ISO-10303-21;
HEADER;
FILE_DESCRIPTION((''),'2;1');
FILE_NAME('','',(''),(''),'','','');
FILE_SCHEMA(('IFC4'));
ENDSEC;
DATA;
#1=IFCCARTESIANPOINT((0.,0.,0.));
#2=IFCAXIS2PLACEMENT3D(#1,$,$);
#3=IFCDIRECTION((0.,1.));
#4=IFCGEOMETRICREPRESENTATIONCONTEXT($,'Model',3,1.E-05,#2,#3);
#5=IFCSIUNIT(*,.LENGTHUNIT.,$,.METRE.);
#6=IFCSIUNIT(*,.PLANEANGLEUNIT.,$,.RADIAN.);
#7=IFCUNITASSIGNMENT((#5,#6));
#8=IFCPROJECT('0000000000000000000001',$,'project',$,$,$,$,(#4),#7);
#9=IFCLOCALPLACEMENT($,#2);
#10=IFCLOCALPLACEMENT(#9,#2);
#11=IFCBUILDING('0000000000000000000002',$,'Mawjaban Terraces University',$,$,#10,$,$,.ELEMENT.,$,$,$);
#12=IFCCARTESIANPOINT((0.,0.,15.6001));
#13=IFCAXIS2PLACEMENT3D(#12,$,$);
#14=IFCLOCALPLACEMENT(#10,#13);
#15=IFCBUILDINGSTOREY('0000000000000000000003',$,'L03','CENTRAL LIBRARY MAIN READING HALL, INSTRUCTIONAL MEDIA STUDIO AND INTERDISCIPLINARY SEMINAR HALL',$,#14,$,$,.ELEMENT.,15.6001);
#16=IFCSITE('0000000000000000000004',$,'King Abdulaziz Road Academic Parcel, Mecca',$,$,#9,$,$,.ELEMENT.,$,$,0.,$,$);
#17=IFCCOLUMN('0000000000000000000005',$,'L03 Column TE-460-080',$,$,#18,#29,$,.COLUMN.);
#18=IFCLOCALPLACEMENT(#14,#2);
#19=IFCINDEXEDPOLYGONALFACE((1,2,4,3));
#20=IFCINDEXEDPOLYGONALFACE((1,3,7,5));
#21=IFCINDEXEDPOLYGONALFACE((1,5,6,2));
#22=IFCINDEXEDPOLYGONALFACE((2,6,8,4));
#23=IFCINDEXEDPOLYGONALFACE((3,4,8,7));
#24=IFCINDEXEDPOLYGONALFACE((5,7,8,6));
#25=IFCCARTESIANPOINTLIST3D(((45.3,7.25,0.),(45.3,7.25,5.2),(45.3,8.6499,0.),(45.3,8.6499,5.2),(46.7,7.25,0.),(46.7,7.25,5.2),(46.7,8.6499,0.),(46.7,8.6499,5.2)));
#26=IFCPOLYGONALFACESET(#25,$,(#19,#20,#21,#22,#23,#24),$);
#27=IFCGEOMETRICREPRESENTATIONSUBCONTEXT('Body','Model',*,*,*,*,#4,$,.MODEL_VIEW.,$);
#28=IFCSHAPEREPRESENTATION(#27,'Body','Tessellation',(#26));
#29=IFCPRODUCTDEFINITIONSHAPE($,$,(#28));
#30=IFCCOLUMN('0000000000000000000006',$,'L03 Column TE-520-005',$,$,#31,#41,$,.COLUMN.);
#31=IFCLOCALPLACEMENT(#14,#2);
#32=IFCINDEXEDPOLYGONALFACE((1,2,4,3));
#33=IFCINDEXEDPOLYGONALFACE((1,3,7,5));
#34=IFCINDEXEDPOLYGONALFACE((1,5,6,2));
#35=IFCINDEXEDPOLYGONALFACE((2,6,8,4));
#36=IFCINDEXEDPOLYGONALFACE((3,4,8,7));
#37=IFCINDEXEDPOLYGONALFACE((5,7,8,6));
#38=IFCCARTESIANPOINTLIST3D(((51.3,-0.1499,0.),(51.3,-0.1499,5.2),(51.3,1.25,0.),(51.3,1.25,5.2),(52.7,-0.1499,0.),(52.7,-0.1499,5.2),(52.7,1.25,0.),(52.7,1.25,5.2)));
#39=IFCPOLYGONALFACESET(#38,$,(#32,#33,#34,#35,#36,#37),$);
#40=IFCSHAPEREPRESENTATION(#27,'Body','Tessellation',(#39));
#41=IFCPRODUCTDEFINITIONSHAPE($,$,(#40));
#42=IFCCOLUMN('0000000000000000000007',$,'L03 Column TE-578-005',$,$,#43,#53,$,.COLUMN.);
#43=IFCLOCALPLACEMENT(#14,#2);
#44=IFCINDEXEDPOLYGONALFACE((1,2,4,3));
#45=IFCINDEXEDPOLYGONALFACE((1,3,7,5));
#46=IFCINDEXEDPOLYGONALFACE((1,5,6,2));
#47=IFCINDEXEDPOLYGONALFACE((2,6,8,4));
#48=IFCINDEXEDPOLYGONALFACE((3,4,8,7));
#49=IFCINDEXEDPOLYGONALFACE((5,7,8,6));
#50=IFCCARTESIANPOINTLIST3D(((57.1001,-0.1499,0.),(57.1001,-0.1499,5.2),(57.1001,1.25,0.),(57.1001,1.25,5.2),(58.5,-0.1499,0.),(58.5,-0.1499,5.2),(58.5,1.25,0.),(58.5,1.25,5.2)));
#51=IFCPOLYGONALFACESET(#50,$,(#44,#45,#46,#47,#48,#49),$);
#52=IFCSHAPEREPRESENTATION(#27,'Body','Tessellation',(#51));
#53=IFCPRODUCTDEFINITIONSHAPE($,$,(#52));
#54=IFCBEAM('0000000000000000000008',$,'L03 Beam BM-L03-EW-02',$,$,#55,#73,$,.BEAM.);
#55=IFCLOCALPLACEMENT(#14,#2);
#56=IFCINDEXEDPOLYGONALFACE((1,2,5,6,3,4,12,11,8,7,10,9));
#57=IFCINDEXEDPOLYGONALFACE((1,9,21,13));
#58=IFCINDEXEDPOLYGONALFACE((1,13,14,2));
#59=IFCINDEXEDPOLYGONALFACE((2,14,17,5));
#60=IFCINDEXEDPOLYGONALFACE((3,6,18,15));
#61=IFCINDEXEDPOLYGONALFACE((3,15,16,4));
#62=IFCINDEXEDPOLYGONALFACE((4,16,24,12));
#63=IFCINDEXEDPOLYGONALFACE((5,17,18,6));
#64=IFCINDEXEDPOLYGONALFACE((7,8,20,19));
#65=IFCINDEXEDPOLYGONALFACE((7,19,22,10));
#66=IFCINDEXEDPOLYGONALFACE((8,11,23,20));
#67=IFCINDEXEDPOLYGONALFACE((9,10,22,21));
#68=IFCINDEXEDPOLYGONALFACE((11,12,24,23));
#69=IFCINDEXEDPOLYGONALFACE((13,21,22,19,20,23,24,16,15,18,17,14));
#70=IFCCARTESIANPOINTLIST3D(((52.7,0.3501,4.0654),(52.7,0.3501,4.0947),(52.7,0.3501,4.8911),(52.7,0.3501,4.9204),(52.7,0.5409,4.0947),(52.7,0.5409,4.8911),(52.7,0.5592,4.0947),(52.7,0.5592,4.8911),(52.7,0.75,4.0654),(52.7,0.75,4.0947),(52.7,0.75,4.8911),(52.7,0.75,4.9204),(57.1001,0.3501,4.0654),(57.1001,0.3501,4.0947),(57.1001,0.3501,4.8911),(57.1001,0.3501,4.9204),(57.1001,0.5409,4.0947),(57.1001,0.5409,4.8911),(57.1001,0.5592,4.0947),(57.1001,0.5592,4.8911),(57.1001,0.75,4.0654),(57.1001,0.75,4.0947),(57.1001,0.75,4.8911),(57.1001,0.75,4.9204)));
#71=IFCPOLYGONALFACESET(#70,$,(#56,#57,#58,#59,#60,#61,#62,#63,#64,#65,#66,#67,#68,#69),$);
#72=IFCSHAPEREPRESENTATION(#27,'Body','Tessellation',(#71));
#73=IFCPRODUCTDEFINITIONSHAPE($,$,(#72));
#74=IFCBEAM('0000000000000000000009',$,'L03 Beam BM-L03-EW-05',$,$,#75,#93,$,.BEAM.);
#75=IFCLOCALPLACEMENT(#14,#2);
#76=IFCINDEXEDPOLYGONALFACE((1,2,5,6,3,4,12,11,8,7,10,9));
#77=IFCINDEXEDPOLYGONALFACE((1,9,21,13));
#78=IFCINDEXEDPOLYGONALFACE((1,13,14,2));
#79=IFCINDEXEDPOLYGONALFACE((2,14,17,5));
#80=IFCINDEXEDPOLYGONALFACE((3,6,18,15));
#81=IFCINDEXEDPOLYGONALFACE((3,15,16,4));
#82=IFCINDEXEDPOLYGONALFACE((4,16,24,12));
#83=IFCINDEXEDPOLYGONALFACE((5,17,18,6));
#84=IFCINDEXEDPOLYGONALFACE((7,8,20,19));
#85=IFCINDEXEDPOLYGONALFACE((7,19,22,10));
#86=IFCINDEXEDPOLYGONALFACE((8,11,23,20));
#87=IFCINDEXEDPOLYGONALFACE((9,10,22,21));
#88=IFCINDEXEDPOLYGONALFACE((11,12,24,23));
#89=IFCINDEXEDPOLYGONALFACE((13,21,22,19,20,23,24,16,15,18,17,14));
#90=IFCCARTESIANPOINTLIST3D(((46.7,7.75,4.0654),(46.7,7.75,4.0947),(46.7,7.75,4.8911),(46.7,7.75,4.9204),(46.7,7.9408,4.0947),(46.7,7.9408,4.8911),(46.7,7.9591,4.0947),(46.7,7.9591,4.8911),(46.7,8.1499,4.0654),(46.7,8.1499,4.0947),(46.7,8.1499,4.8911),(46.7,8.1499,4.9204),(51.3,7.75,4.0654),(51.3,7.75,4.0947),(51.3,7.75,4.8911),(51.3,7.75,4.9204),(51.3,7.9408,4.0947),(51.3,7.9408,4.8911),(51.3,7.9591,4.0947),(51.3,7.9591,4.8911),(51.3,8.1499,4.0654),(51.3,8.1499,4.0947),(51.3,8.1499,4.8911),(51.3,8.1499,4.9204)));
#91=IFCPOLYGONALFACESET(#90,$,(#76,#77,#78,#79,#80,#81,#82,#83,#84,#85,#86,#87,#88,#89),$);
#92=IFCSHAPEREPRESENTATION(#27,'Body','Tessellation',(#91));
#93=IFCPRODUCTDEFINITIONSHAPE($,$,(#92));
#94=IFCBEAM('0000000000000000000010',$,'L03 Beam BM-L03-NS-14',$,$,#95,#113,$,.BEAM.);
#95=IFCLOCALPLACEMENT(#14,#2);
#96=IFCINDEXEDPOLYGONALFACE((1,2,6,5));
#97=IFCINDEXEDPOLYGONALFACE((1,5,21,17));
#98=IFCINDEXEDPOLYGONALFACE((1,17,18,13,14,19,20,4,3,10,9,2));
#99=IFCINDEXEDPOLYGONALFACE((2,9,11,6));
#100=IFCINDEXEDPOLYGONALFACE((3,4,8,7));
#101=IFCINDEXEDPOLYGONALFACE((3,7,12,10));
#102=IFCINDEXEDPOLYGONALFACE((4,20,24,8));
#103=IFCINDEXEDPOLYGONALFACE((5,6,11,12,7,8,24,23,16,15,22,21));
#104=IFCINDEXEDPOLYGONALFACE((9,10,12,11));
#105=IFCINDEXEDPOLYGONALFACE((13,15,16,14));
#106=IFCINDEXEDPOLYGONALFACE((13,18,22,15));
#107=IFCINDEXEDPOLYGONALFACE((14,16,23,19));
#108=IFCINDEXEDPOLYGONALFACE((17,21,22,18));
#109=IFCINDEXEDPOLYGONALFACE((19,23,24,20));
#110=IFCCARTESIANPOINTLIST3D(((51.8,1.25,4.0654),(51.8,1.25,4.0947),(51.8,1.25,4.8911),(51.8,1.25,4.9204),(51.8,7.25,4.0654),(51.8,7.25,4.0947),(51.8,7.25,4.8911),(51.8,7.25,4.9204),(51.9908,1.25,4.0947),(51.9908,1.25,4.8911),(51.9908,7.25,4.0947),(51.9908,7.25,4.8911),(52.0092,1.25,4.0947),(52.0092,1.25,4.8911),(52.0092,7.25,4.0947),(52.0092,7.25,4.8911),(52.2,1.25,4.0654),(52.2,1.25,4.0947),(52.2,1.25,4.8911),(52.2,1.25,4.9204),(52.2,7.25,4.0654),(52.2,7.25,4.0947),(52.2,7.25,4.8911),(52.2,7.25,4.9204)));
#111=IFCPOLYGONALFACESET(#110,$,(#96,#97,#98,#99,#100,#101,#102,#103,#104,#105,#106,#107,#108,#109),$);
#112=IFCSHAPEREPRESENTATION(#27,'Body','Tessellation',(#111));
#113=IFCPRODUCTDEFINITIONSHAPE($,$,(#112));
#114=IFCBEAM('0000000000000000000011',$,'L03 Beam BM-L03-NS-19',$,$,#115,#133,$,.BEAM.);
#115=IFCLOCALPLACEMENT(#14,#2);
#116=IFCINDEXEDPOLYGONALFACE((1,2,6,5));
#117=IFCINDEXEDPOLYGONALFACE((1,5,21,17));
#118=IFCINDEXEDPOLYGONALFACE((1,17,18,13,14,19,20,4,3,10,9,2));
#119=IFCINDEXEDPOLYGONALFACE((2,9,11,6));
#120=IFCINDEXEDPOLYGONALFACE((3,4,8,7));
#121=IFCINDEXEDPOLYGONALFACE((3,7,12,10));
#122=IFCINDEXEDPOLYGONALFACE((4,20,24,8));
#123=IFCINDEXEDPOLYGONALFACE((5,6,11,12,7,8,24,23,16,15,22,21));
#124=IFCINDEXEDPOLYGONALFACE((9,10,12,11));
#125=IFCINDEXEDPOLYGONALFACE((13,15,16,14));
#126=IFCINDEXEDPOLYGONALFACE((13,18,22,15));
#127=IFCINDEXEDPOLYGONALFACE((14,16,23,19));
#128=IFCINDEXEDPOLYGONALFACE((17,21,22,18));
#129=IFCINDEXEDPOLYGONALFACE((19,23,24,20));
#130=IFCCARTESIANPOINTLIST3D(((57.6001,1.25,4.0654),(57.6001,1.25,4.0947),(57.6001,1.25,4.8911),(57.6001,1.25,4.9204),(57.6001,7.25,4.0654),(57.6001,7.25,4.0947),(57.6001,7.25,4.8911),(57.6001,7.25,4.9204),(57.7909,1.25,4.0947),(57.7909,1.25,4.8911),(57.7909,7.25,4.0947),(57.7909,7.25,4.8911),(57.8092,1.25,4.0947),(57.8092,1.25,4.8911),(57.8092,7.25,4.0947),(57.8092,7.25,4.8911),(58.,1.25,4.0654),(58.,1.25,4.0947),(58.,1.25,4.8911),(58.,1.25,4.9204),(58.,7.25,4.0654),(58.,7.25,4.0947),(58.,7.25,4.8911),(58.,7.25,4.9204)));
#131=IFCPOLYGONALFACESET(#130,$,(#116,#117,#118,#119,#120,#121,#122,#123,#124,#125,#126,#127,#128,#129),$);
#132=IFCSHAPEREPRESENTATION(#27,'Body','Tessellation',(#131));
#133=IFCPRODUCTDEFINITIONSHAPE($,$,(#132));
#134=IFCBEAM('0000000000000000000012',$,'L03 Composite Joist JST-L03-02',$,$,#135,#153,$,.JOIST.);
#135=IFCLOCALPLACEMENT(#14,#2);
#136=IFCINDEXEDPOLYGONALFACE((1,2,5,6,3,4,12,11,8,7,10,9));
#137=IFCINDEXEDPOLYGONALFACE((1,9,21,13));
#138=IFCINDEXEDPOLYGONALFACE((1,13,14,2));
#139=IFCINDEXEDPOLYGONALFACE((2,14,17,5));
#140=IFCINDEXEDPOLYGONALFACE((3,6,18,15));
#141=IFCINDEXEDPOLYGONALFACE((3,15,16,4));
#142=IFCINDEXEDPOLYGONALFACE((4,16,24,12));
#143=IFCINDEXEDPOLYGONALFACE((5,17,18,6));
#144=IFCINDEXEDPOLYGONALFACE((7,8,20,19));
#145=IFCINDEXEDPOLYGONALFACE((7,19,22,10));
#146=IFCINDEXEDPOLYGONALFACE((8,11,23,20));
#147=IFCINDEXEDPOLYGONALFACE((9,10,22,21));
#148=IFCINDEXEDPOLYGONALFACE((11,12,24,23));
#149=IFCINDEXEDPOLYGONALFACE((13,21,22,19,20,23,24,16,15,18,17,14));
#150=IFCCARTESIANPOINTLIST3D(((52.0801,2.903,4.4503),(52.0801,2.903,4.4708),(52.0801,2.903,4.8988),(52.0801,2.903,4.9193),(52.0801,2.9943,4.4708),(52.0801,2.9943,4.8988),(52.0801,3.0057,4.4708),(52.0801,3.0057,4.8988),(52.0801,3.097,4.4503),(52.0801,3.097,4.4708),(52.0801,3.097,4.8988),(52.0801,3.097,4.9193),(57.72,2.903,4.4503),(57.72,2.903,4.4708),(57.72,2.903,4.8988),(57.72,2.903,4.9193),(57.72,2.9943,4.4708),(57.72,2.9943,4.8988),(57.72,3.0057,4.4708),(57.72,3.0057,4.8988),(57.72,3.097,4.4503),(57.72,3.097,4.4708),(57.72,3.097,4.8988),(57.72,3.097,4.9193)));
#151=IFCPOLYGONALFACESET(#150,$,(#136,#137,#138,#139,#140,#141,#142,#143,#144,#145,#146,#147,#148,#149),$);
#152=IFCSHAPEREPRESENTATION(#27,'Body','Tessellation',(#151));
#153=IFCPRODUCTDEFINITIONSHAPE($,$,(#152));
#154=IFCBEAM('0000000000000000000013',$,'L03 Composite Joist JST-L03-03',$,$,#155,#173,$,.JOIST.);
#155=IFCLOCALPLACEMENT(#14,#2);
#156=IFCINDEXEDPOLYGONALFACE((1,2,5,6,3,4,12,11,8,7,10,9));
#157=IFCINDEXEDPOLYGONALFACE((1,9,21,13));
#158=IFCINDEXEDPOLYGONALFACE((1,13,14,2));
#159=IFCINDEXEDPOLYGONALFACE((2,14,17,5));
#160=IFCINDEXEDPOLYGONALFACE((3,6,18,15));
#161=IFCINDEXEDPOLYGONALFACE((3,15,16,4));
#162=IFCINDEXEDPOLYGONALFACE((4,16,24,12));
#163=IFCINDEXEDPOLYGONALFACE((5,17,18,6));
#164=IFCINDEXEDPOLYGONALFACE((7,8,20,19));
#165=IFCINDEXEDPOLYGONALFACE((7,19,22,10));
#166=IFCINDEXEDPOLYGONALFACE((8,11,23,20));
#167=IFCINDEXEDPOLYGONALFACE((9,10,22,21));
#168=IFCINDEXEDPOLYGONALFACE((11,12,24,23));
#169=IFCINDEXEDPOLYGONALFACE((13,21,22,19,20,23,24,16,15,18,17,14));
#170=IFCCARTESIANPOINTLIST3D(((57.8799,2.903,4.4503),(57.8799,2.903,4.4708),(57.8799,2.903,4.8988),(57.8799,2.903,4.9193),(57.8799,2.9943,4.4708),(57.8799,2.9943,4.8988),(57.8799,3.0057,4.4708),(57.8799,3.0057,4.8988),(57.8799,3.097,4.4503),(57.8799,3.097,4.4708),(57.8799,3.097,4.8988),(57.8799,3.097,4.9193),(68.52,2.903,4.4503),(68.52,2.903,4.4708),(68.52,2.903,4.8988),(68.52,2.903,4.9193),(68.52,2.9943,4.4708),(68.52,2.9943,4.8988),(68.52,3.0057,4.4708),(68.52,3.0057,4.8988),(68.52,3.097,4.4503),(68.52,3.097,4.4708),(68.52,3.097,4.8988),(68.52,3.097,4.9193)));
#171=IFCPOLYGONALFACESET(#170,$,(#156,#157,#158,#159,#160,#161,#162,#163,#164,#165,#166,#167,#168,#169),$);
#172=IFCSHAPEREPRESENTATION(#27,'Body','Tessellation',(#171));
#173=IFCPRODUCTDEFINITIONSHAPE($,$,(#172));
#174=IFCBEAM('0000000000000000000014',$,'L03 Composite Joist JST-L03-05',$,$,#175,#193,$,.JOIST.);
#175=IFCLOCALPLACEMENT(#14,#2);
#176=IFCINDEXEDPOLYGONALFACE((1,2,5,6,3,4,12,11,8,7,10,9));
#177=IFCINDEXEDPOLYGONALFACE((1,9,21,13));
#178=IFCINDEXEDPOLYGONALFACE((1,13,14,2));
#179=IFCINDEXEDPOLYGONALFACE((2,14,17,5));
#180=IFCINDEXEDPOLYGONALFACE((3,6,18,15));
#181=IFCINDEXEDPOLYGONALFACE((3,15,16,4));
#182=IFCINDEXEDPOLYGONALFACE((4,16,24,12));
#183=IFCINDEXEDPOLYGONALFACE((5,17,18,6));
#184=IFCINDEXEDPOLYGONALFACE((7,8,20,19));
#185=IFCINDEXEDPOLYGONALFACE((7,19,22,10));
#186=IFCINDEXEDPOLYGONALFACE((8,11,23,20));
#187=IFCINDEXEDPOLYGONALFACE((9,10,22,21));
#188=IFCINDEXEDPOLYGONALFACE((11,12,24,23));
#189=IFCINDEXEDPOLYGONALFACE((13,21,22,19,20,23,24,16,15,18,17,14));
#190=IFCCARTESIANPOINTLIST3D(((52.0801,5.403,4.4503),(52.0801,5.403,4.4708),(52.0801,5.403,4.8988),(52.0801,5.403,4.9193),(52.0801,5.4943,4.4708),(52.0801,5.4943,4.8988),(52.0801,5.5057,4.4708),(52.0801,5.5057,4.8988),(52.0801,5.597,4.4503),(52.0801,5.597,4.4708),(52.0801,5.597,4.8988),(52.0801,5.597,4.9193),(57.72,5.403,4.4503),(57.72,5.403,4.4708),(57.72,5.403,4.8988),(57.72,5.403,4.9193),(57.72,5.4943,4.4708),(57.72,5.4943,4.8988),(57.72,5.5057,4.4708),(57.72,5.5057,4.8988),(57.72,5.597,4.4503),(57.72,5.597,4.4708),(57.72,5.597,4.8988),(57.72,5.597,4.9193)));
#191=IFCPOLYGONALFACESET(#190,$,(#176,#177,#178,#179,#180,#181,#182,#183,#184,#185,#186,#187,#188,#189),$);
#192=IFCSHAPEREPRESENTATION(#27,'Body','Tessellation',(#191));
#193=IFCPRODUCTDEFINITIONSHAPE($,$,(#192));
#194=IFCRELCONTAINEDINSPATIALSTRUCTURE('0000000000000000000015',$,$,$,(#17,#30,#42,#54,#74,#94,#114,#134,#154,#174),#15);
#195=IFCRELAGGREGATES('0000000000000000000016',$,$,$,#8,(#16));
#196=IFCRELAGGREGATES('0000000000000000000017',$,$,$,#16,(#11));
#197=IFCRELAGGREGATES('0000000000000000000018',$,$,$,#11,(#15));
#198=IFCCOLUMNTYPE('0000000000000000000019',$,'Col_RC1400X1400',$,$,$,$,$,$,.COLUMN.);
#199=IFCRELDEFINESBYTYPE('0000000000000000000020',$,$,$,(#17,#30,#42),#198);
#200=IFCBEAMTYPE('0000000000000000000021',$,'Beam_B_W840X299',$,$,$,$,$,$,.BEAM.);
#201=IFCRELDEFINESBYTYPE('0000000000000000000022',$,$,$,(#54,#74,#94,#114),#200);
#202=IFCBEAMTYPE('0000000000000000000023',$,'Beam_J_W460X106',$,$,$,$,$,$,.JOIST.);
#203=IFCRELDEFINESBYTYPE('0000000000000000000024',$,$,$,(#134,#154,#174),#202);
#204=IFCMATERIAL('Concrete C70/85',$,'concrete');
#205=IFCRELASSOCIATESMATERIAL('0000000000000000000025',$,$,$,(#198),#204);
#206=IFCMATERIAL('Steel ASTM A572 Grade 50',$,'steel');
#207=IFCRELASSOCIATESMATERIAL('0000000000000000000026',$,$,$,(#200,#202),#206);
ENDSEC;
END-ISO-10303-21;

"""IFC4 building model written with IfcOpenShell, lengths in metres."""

from ifc_helpers import new_model, si_unit, direction, frame, origin, origin_2d, place, context, subcontext, project, spatial, rectangle, i_section, extrude, material, material_profile, profile_set, type_object, element, save


model = new_model("IFC4")

# Units and contexts
model_context = context("Model", 3, precision=1e-05, world=origin(), true_north=direction((0.0, 1.0)))
body_context = subcontext(model_context, "Body", "Model", "MODEL_VIEW")
ifc_project = project(units=[si_unit("LENGTHUNIT", "METRE"), si_unit("PLANEANGLEUNIT", "RADIAN")], contexts=[model_context])

# Site, building, storey
site_placement = place(None, origin())
site = spatial("IfcSite", under=ifc_project, at=site_placement, Name="King Abdulaziz Road Academic Parcel, Mecca", CompositionType="ELEMENT", RefElevation=0.0)
building_placement = place(site_placement, origin())
building = spatial("IfcBuilding", under=site, at=building_placement, Name="Mawjaban Terraces University", CompositionType="ELEMENT")
storey_placement = place(building_placement, frame((0.0, 0.0, 15.6001)))
storey = spatial("IfcBuildingStorey", under=building, at=storey_placement, Name="L03", Description="CENTRAL LIBRARY MAIN READING HALL, INSTRUCTIONAL MEDIA STUDIO AND INTERDISCIPLINARY SEMINAR HALL", CompositionType="ELEMENT", Elevation=15.6001)

# Columns
ifc_material_1 = material(Name="Concrete C70/85", Category="concrete")
ifc_material_profile_1 = material_profile(ifc_material_1, rectangle(XDim=1.3999, YDim=1.3999, at=origin_2d()), Name="RC1400X1400")
ifc_profile_set_1 = profile_set([ifc_material_profile_1], Name="Concrete C70/85")
column_type = type_object("IfcColumnType", Name="Col_RC1400X1400", PredefinedType="COLUMN", material=ifc_profile_set_1)
for number, where, z_axis, x_axis, name in (
    (1, (46.0, 7.95, 0.0), (0.0, 0.0, 1.0), (1.0, 0.0, 0.0), "L03 Column TE-460-080"),
    (2, (52.0, 0.55, 0.0), (0.0, 0.0, 1.0), (1.0, 0.0, 0.0), "L03 Column TE-520-005"),
    (3, (57.8, 0.55, 0.0), (0.0, 0.0, 1.0), (1.0, 0.0, 0.0), "L03 Column TE-578-005"),
):
    element("IfcColumn", number, at=place(storey_placement, frame(where, z_axis=z_axis, x_axis=x_axis)), inside=storey, type_object=column_type, Name=name, PredefinedType="COLUMN", context=body_context, shape_type="SweptSolid", body=[
        extrude(rectangle(XDim=1.3999, YDim=1.3999, at=origin_2d()), origin(), (0.0, 0.0, 1.0), 5.2),
    ])

# Beams
ifc_material_2 = material(Name="Steel ASTM A572 Grade 50", Category="steel")
ifc_material_profile_2 = material_profile(ifc_material_2, i_section(OverallWidth=0.3999, OverallDepth=0.855, WebThickness=0.0183, FlangeThickness=0.0293, at=origin_2d()), Name="W840X299")
ifc_profile_set_2 = profile_set([ifc_material_profile_2], Name="Steel ASTM A572 Grade 50")
beam_type_1 = type_object("IfcBeamType", Name="Beam_B_W840X299", PredefinedType="BEAM", material=ifc_profile_set_2)
beam_1_placement = place(storey_placement, frame((52.7, 0.55, 4.4929), z_axis=(1.0, 0.0, 0.0), x_axis=(0.0, 1.0, 0.0)))
element("IfcBeam", 4, at=beam_1_placement, inside=storey, type_object=beam_type_1, Name="L03 Beam BM-L03-EW-02", PredefinedType="BEAM", context=body_context, shape_type="SweptSolid", body=[
    extrude(i_section(OverallWidth=0.3999, OverallDepth=0.855, WebThickness=0.0183, FlangeThickness=0.0293, at=origin_2d()), origin(), (0.0, 0.0, 1.0), 4.4001),
])
beam_2_placement = place(storey_placement, frame((46.7, 7.95, 4.4929), z_axis=(1.0, 0.0, 0.0), x_axis=(0.0, 1.0, 0.0)))
element("IfcBeam", 5, at=beam_2_placement, inside=storey, type_object=beam_type_1, Name="L03 Beam BM-L03-EW-05", PredefinedType="BEAM", context=body_context, shape_type="SweptSolid", body=[
    extrude(i_section(OverallWidth=0.3999, OverallDepth=0.855, WebThickness=0.0183, FlangeThickness=0.0293, at=origin_2d()), origin(), (0.0, 0.0, 1.0), 4.6001),
])
for number, where, z_axis, x_axis, name in (
    (6, (52.0, 1.25, 4.4929), (0.0, 1.0, 0.0), (-1.0, 0.0, 0.0), "L03 Beam BM-L03-NS-14"),
    (7, (57.8, 1.25, 4.4929), (0.0, 1.0, 0.0), (-1.0, 0.0, 0.0), "L03 Beam BM-L03-NS-19"),
):
    element("IfcBeam", number, at=place(storey_placement, frame(where, z_axis=z_axis, x_axis=x_axis)), inside=storey, type_object=beam_type_1, Name=name, PredefinedType="BEAM", context=body_context, shape_type="SweptSolid", body=[
        extrude(i_section(OverallWidth=0.3999, OverallDepth=0.855, WebThickness=0.0183, FlangeThickness=0.0293, at=origin_2d()), origin(), (0.0, 0.0, 1.0), 6.0),
    ])
ifc_material_profile_3 = material_profile(ifc_material_2, i_section(OverallWidth=0.1941, OverallDepth=0.469, WebThickness=0.0115, FlangeThickness=0.0205, at=origin_2d()), Name="W460X106")
ifc_profile_set_3 = profile_set([ifc_material_profile_3], Name="Steel ASTM A572 Grade 50")
beam_type_2 = type_object("IfcBeamType", Name="Beam_J_W460X106", PredefinedType="JOIST", material=ifc_profile_set_3)
beam_3_placement = place(storey_placement, frame((52.0801, 3.0, 4.6848), z_axis=(1.0, 0.0, 0.0), x_axis=(0.0, 1.0, 0.0)))
element("IfcBeam", 8, at=beam_3_placement, inside=storey, type_object=beam_type_2, Name="L03 Composite Joist JST-L03-02", PredefinedType="JOIST", context=body_context, shape_type="SweptSolid", body=[
    extrude(i_section(OverallWidth=0.1941, OverallDepth=0.469, WebThickness=0.0115, FlangeThickness=0.0205, at=origin_2d()), origin(), (0.0, 0.0, 1.0), 5.6399),
])
beam_4_placement = place(storey_placement, frame((57.8799, 3.0, 4.6848), z_axis=(1.0, 0.0, 0.0), x_axis=(0.0, 1.0, 0.0)))
element("IfcBeam", 9, at=beam_4_placement, inside=storey, type_object=beam_type_2, Name="L03 Composite Joist JST-L03-03", PredefinedType="JOIST", context=body_context, shape_type="SweptSolid", body=[
    extrude(i_section(OverallWidth=0.1941, OverallDepth=0.469, WebThickness=0.0115, FlangeThickness=0.0205, at=origin_2d()), origin(), (0.0, 0.0, 1.0), 10.6401),
])
beam_5_placement = place(storey_placement, frame((52.0801, 5.5, 4.6848), z_axis=(1.0, 0.0, 0.0), x_axis=(0.0, 1.0, 0.0)))
element("IfcBeam", 10, at=beam_5_placement, inside=storey, type_object=beam_type_2, Name="L03 Composite Joist JST-L03-05", PredefinedType="JOIST", context=body_context, shape_type="SweptSolid", body=[
    extrude(i_section(OverallWidth=0.1941, OverallDepth=0.469, WebThickness=0.0115, FlangeThickness=0.0205, at=origin_2d()), origin(), (0.0, 0.0, 1.0), 5.6399),
])

save(model, "model.ifc")
